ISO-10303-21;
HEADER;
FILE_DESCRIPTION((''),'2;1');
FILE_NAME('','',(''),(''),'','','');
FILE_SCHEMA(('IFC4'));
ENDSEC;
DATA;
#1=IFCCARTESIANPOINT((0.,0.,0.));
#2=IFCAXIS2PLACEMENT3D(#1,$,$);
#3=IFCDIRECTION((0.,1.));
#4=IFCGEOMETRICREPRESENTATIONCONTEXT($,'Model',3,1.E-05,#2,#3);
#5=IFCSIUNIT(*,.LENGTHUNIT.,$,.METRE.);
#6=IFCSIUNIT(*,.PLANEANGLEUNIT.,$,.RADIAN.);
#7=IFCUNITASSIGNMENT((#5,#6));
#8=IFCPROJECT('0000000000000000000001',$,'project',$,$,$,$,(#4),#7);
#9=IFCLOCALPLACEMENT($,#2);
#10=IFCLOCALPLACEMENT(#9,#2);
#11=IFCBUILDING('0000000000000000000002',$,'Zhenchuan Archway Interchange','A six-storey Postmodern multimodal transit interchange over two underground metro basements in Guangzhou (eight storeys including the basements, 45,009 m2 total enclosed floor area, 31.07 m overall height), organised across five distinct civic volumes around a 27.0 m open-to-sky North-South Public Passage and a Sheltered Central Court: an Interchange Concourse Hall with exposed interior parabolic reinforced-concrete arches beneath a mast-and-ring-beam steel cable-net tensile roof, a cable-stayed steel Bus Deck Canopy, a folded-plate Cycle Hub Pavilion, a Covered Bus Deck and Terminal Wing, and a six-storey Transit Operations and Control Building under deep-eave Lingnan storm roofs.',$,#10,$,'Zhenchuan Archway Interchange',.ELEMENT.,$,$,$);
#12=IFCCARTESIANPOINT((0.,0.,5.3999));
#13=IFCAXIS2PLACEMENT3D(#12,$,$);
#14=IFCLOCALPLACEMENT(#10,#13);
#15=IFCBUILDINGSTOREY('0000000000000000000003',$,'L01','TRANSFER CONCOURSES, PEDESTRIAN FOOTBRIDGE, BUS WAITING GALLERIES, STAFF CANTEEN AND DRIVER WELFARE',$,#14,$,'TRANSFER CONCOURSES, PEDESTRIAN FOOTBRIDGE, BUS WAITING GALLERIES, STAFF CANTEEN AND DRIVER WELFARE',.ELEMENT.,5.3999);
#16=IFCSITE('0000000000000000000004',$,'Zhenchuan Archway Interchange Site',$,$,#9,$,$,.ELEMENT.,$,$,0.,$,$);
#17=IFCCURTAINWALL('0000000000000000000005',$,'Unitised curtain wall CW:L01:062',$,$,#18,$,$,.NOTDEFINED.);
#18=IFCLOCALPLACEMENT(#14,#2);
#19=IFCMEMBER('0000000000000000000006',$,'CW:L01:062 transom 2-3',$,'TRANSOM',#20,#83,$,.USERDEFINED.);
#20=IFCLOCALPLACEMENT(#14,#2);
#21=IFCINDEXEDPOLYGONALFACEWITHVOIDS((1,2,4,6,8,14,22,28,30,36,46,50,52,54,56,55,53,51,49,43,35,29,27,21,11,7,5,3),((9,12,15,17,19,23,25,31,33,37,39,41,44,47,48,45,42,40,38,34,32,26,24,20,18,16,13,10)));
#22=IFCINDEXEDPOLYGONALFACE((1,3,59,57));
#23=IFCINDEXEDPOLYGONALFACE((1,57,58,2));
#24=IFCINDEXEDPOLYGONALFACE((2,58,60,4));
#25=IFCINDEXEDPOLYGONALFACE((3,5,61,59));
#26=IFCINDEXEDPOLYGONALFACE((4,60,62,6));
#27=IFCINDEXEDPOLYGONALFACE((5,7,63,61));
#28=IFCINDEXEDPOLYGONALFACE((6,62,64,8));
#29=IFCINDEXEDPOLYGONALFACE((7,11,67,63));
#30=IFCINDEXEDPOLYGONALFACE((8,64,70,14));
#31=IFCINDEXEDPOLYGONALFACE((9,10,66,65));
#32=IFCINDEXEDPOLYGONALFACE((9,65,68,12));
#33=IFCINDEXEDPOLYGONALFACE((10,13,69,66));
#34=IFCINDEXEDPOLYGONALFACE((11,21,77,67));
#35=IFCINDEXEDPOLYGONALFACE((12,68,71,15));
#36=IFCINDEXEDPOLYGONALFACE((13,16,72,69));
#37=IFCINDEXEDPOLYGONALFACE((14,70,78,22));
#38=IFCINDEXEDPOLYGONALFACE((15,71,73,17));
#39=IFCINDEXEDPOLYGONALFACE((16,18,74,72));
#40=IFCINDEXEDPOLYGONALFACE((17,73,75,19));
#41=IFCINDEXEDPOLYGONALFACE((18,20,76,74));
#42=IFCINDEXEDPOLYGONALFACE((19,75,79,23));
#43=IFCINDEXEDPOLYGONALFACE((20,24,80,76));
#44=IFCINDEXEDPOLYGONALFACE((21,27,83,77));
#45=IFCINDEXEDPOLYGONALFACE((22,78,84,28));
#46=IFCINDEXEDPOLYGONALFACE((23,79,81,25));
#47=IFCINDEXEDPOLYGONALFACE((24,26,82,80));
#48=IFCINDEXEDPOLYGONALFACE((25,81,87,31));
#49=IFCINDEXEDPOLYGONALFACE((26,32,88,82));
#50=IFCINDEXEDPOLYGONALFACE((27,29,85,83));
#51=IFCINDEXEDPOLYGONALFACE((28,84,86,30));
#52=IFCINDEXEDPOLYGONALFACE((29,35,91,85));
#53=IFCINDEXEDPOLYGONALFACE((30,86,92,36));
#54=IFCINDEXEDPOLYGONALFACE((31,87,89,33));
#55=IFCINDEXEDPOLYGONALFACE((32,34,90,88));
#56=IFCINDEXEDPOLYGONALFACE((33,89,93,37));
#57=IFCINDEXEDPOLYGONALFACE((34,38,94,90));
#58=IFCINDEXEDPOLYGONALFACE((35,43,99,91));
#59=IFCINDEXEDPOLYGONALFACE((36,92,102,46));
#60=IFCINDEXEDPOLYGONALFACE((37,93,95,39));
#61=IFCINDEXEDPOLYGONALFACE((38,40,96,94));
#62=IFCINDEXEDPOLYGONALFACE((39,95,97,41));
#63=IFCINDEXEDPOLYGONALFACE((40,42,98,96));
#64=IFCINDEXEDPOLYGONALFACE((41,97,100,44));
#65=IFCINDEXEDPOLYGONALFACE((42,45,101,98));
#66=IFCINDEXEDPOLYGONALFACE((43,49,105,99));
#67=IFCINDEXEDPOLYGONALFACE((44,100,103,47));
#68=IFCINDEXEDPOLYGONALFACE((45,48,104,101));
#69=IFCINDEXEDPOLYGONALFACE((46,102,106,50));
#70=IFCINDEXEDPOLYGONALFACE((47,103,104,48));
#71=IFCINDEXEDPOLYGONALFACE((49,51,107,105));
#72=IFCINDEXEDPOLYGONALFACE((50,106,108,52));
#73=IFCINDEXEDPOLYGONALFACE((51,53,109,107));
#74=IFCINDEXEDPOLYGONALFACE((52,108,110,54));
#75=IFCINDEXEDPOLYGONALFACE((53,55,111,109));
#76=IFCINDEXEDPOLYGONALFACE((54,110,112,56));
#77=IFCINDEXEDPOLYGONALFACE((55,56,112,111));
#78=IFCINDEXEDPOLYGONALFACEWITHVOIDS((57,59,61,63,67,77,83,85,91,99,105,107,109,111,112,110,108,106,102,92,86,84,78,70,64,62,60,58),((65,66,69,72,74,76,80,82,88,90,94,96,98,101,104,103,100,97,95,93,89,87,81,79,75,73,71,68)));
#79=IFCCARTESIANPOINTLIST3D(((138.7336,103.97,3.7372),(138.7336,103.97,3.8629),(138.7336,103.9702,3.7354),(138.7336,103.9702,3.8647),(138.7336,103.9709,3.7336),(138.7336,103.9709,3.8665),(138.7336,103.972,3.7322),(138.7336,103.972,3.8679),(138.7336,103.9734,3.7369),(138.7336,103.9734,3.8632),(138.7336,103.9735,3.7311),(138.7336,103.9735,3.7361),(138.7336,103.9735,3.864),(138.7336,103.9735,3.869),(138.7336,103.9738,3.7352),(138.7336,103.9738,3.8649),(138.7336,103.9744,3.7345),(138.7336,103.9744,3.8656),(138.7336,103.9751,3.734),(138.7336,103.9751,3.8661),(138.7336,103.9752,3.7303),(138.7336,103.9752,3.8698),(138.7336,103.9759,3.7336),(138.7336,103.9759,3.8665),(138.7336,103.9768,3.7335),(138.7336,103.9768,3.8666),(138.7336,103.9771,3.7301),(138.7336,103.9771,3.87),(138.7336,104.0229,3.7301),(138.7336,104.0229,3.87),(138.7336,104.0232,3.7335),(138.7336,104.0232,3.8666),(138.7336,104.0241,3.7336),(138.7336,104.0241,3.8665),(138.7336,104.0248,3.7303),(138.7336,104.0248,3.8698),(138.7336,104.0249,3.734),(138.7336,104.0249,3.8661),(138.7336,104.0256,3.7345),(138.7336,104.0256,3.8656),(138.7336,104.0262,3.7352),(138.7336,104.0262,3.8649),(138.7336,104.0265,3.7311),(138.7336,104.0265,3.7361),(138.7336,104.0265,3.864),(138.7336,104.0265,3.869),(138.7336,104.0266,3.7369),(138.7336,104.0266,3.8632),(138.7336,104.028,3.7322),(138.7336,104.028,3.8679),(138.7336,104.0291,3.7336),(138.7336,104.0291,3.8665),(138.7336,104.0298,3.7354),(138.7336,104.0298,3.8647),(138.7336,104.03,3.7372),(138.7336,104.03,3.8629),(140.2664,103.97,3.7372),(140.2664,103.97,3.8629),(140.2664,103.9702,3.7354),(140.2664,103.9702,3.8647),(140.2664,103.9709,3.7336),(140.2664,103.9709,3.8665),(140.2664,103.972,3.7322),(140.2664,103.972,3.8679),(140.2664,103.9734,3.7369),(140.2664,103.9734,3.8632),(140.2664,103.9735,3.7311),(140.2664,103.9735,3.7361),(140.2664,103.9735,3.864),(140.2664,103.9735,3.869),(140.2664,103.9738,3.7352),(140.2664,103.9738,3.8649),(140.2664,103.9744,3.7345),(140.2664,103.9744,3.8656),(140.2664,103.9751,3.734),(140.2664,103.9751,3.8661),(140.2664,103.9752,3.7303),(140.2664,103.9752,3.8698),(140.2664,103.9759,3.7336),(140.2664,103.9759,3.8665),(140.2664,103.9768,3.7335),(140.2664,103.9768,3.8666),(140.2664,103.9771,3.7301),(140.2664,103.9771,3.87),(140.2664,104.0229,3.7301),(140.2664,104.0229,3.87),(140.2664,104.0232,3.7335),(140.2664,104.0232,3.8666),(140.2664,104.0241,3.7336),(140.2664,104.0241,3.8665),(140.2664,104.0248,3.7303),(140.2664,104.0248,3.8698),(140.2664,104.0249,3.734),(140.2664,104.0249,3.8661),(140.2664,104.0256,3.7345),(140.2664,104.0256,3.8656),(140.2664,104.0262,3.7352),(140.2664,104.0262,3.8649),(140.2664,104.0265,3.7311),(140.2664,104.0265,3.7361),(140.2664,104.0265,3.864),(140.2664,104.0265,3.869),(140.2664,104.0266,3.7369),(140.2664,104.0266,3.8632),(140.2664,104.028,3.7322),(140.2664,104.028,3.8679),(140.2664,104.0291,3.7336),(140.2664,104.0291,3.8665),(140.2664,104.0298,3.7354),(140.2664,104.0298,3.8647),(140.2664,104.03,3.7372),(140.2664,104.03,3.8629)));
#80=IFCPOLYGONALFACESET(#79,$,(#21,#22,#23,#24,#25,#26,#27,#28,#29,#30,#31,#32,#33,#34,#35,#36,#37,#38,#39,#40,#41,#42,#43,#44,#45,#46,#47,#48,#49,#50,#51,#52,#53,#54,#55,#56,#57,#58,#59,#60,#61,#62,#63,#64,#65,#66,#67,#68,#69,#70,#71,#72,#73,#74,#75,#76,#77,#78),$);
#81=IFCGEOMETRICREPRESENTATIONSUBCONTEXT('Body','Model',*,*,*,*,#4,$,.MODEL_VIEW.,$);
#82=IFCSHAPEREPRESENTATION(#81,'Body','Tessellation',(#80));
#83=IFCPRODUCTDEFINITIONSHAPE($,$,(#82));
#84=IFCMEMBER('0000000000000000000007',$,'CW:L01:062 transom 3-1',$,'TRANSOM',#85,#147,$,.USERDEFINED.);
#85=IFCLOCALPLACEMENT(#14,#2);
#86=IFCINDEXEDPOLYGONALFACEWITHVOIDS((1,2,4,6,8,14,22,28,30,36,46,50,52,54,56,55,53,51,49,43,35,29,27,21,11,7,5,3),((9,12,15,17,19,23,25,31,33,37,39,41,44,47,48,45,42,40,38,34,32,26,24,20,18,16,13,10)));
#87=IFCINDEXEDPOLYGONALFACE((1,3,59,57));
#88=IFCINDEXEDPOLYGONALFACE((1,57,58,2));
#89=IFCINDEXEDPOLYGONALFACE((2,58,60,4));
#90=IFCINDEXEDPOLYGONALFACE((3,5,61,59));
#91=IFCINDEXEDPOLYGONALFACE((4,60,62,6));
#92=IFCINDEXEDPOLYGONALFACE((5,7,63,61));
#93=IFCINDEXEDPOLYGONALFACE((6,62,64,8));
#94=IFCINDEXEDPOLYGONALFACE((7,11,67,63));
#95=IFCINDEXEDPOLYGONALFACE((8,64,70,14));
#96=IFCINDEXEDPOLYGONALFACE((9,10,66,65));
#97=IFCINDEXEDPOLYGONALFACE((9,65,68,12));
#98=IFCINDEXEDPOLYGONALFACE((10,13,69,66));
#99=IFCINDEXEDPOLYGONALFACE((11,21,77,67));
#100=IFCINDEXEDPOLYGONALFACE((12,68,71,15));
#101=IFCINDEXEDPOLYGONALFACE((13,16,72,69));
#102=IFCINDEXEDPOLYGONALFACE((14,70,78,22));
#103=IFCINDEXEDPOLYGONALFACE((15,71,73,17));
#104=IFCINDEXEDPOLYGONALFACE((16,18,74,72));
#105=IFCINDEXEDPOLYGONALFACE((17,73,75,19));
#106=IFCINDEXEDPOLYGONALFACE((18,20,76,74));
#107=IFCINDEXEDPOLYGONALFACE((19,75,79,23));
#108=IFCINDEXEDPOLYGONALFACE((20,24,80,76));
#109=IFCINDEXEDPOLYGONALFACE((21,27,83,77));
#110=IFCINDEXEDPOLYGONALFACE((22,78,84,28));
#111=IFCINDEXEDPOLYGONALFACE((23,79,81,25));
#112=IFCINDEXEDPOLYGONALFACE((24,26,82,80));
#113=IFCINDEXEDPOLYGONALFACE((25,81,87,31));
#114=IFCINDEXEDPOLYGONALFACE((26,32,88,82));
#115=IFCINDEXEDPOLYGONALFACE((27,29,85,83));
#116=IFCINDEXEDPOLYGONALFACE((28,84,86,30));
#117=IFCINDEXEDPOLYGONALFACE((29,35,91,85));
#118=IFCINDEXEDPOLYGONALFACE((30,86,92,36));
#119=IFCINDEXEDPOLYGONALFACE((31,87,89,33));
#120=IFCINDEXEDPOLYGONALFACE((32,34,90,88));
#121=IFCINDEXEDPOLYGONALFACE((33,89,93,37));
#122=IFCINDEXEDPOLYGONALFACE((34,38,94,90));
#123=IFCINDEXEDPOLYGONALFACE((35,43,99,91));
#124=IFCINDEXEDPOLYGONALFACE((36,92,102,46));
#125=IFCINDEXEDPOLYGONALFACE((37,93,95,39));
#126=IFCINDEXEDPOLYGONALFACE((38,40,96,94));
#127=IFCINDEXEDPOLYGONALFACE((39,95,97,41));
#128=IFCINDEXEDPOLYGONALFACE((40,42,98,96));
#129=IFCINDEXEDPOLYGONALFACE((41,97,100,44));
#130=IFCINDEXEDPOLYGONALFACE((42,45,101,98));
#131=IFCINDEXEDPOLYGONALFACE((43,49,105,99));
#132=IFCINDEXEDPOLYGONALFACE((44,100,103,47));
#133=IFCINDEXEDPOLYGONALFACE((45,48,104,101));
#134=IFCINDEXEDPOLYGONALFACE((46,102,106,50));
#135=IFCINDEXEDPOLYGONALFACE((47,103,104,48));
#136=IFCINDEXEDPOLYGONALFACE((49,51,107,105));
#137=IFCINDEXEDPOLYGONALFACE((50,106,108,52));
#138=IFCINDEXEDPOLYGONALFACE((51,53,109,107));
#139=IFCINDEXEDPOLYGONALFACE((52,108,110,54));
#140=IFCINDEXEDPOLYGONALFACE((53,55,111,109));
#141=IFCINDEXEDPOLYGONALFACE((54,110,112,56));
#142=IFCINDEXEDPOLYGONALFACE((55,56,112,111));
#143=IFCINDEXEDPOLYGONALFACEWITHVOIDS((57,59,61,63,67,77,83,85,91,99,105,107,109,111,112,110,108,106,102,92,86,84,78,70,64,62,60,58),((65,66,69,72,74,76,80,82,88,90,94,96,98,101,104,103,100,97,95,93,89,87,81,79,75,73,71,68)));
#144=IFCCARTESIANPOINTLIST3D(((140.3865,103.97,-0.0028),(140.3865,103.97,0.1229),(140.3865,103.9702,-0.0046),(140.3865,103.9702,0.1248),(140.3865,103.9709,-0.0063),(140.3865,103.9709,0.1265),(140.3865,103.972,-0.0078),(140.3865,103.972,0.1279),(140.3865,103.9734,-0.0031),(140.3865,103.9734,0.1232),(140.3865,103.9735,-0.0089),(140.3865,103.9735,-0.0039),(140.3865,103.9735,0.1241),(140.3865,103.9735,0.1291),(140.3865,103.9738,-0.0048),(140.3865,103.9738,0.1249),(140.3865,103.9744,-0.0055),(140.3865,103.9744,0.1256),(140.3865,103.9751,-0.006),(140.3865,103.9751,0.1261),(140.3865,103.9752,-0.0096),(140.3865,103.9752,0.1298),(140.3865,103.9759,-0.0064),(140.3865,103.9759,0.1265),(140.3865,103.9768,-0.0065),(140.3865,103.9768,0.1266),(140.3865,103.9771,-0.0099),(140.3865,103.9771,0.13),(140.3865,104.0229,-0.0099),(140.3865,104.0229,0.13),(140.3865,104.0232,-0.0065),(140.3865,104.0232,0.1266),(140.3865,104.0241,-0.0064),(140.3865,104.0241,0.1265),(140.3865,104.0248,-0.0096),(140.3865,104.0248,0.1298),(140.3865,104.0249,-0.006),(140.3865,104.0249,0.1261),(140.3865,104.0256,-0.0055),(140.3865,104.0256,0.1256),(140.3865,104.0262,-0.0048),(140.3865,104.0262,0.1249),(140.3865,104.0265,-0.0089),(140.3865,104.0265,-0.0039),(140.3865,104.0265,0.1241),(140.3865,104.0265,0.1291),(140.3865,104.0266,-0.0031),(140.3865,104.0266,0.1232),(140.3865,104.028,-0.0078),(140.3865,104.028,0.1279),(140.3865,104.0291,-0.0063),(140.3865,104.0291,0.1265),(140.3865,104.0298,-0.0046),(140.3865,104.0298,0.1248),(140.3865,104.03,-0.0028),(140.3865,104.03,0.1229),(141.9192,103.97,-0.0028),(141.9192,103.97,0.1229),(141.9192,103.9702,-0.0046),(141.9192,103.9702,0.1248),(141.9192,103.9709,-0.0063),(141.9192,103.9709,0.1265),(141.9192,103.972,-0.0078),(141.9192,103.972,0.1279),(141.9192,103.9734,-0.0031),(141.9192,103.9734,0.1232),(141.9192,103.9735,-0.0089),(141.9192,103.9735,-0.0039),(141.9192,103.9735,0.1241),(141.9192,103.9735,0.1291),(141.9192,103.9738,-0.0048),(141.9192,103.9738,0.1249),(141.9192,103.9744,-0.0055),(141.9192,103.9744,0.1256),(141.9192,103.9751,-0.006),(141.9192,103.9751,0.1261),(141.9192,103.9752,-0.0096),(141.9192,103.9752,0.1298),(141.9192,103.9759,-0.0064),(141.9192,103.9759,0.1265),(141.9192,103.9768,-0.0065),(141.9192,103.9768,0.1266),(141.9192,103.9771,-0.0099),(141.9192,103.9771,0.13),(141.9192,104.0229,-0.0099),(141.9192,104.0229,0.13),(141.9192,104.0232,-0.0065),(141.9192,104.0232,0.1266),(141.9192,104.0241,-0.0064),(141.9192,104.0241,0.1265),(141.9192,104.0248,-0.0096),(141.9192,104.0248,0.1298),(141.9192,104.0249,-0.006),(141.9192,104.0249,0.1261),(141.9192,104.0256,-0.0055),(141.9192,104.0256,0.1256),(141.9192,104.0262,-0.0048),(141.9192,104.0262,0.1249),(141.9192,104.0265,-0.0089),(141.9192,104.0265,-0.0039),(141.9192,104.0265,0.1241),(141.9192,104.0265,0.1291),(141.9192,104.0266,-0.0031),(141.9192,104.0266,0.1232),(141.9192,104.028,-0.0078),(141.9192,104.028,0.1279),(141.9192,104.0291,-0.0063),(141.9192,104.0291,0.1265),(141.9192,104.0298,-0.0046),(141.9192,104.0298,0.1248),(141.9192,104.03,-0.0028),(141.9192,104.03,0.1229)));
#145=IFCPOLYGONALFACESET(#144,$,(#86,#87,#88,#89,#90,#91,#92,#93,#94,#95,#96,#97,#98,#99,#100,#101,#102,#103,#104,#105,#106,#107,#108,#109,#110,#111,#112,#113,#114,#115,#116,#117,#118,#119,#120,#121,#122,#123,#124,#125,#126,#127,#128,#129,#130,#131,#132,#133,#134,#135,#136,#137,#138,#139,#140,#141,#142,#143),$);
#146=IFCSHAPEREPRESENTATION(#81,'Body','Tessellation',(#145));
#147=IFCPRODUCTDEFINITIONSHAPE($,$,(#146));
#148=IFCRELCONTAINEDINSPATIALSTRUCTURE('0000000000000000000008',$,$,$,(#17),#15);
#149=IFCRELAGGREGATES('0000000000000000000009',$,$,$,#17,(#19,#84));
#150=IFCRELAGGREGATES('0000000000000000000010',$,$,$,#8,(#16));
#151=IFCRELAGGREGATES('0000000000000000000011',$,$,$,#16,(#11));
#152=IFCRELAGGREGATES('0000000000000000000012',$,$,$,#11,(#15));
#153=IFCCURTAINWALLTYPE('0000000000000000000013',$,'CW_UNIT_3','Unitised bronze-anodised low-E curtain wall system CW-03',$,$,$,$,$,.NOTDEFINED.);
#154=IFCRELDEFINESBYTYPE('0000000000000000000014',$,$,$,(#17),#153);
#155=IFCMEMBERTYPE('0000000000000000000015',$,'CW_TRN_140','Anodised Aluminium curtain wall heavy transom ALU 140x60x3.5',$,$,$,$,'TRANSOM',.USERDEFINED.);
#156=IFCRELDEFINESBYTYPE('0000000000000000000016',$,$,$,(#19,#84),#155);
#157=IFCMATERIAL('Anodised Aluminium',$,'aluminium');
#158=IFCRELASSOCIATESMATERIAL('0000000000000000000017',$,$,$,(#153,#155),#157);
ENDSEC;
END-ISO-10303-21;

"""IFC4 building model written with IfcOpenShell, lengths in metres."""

from ifc_helpers import new_model, si_unit, direction, frame, origin, origin_2d, place, context, subcontext, project, spatial, hollow_rectangle, extrude, material, material_profile, profile_set, type_object, element, aggregate, save


model = new_model("IFC4")

# Units and contexts
model_context = context("Model", 3, precision=1e-05, world=origin(), true_north=direction((0.0, 1.0)))
body_context = subcontext(model_context, "Body", "Model", "MODEL_VIEW")
ifc_project = project(units=[si_unit("LENGTHUNIT", "METRE"), si_unit("PLANEANGLEUNIT", "RADIAN")], contexts=[model_context])

# Site, building, storey
site_placement = place(None, origin())
site = spatial("IfcSite", under=ifc_project, at=site_placement, Name="Zhenchuan Archway Interchange Site", CompositionType="ELEMENT", RefElevation=0.0)
building_placement = place(site_placement, origin())
building = spatial("IfcBuilding", under=site, at=building_placement, Name="Zhenchuan Archway Interchange", Description="A six-storey Postmodern multimodal transit interchange over two underground metro basements in Guangzhou (eight storeys including the basements, 45,009 m2 total enclosed floor area, 31.07 m overall height), organised across five distinct civic volumes around a 27.0 m open-to-sky North-South Public Passage and a Sheltered Central Court: an Interchange Concourse Hall with exposed interior parabolic reinforced-concrete arches beneath a mast-and-ring-beam steel cable-net tensile roof, a cable-stayed steel Bus Deck Canopy, a folded-plate Cycle Hub Pavilion, a Covered Bus Deck and Terminal Wing, and a six-storey Transit Operations and Control Building under deep-eave Lingnan storm roofs.", LongName="Zhenchuan Archway Interchange", CompositionType="ELEMENT")
storey_placement = place(building_placement, frame((0.0, 0.0, 5.3999)))
storey = spatial("IfcBuildingStorey", under=building, at=storey_placement, Name="L01", Description="TRANSFER CONCOURSES, PEDESTRIAN FOOTBRIDGE, BUS WAITING GALLERIES, STAFF CANTEEN AND DRIVER WELFARE", LongName="TRANSFER CONCOURSES, PEDESTRIAN FOOTBRIDGE, BUS WAITING GALLERIES, STAFF CANTEEN AND DRIVER WELFARE", CompositionType="ELEMENT", Elevation=5.3999)

# Curtain wall, members
ifc_material_1 = material(Name="Anodised Aluminium", Category="aluminium")
curtain_wall_type = type_object("IfcCurtainWallType", Name="CW_UNIT_3", Description="Unitised bronze-anodised low-E curtain wall system CW-03", PredefinedType="NOTDEFINED", material=ifc_material_1)
curtain_wall_placement = place(storey_placement, origin())
curtain_wall = element("IfcCurtainWall", 1, at=curtain_wall_placement, inside=storey, type_object=curtain_wall_type, Name="Unitised curtain wall CW:L01:062", PredefinedType="NOTDEFINED")
ifc_material_profile_1 = material_profile(ifc_material_1, hollow_rectangle(XDim=0.0601, YDim=0.1399, WallThickness=0.0034, InnerFilletRadius=0.0034, OuterFilletRadius=0.0071, at=origin_2d()), Name="ALU 140x60x3.5")
ifc_profile_set_1 = profile_set([ifc_material_profile_1], Name="Anodised Aluminium")
member_type_1 = type_object("IfcMemberType", Name="CW_TRN_140", Description="Anodised Aluminium curtain wall heavy transom ALU 140x60x3.5", ElementType="TRANSOM", PredefinedType="USERDEFINED", material=ifc_profile_set_1)
member_1_placement = place(storey_placement, frame((138.7336, 104.0, 3.8), z_axis=(1.0, 0.0, 0.0), x_axis=(0.0, 1.0, 0.0)))
member_1 = element("IfcMember", 2, at=member_1_placement, type_object=member_type_1, Name="CW:L01:062 transom 2-3", ObjectType="TRANSOM", PredefinedType="USERDEFINED", context=body_context, shape_type="SweptSolid", body=[
    extrude(hollow_rectangle(XDim=0.0601, YDim=0.1399, WallThickness=0.0034, InnerFilletRadius=0.0034, OuterFilletRadius=0.0071, at=origin_2d()), origin(), (0.0, 0.0, 1.0), 1.5327),
])
member_2_placement = place(storey_placement, frame((140.3865, 104.0, 0.0601), z_axis=(1.0, 0.0, 0.0), x_axis=(0.0, 1.0, 0.0)))
member_2 = element("IfcMember", 3, at=member_2_placement, type_object=member_type_1, Name="CW:L01:062 transom 3-1", ObjectType="TRANSOM", PredefinedType="USERDEFINED", context=body_context, shape_type="SweptSolid", body=[
    extrude(hollow_rectangle(XDim=0.0601, YDim=0.1399, WallThickness=0.0034, InnerFilletRadius=0.0034, OuterFilletRadius=0.0071, at=origin_2d()), origin(), (0.0, 0.0, 1.0), 1.5327),
])

aggregate(curtain_wall, [member_1, member_2])

save(model, "model.ifc")
